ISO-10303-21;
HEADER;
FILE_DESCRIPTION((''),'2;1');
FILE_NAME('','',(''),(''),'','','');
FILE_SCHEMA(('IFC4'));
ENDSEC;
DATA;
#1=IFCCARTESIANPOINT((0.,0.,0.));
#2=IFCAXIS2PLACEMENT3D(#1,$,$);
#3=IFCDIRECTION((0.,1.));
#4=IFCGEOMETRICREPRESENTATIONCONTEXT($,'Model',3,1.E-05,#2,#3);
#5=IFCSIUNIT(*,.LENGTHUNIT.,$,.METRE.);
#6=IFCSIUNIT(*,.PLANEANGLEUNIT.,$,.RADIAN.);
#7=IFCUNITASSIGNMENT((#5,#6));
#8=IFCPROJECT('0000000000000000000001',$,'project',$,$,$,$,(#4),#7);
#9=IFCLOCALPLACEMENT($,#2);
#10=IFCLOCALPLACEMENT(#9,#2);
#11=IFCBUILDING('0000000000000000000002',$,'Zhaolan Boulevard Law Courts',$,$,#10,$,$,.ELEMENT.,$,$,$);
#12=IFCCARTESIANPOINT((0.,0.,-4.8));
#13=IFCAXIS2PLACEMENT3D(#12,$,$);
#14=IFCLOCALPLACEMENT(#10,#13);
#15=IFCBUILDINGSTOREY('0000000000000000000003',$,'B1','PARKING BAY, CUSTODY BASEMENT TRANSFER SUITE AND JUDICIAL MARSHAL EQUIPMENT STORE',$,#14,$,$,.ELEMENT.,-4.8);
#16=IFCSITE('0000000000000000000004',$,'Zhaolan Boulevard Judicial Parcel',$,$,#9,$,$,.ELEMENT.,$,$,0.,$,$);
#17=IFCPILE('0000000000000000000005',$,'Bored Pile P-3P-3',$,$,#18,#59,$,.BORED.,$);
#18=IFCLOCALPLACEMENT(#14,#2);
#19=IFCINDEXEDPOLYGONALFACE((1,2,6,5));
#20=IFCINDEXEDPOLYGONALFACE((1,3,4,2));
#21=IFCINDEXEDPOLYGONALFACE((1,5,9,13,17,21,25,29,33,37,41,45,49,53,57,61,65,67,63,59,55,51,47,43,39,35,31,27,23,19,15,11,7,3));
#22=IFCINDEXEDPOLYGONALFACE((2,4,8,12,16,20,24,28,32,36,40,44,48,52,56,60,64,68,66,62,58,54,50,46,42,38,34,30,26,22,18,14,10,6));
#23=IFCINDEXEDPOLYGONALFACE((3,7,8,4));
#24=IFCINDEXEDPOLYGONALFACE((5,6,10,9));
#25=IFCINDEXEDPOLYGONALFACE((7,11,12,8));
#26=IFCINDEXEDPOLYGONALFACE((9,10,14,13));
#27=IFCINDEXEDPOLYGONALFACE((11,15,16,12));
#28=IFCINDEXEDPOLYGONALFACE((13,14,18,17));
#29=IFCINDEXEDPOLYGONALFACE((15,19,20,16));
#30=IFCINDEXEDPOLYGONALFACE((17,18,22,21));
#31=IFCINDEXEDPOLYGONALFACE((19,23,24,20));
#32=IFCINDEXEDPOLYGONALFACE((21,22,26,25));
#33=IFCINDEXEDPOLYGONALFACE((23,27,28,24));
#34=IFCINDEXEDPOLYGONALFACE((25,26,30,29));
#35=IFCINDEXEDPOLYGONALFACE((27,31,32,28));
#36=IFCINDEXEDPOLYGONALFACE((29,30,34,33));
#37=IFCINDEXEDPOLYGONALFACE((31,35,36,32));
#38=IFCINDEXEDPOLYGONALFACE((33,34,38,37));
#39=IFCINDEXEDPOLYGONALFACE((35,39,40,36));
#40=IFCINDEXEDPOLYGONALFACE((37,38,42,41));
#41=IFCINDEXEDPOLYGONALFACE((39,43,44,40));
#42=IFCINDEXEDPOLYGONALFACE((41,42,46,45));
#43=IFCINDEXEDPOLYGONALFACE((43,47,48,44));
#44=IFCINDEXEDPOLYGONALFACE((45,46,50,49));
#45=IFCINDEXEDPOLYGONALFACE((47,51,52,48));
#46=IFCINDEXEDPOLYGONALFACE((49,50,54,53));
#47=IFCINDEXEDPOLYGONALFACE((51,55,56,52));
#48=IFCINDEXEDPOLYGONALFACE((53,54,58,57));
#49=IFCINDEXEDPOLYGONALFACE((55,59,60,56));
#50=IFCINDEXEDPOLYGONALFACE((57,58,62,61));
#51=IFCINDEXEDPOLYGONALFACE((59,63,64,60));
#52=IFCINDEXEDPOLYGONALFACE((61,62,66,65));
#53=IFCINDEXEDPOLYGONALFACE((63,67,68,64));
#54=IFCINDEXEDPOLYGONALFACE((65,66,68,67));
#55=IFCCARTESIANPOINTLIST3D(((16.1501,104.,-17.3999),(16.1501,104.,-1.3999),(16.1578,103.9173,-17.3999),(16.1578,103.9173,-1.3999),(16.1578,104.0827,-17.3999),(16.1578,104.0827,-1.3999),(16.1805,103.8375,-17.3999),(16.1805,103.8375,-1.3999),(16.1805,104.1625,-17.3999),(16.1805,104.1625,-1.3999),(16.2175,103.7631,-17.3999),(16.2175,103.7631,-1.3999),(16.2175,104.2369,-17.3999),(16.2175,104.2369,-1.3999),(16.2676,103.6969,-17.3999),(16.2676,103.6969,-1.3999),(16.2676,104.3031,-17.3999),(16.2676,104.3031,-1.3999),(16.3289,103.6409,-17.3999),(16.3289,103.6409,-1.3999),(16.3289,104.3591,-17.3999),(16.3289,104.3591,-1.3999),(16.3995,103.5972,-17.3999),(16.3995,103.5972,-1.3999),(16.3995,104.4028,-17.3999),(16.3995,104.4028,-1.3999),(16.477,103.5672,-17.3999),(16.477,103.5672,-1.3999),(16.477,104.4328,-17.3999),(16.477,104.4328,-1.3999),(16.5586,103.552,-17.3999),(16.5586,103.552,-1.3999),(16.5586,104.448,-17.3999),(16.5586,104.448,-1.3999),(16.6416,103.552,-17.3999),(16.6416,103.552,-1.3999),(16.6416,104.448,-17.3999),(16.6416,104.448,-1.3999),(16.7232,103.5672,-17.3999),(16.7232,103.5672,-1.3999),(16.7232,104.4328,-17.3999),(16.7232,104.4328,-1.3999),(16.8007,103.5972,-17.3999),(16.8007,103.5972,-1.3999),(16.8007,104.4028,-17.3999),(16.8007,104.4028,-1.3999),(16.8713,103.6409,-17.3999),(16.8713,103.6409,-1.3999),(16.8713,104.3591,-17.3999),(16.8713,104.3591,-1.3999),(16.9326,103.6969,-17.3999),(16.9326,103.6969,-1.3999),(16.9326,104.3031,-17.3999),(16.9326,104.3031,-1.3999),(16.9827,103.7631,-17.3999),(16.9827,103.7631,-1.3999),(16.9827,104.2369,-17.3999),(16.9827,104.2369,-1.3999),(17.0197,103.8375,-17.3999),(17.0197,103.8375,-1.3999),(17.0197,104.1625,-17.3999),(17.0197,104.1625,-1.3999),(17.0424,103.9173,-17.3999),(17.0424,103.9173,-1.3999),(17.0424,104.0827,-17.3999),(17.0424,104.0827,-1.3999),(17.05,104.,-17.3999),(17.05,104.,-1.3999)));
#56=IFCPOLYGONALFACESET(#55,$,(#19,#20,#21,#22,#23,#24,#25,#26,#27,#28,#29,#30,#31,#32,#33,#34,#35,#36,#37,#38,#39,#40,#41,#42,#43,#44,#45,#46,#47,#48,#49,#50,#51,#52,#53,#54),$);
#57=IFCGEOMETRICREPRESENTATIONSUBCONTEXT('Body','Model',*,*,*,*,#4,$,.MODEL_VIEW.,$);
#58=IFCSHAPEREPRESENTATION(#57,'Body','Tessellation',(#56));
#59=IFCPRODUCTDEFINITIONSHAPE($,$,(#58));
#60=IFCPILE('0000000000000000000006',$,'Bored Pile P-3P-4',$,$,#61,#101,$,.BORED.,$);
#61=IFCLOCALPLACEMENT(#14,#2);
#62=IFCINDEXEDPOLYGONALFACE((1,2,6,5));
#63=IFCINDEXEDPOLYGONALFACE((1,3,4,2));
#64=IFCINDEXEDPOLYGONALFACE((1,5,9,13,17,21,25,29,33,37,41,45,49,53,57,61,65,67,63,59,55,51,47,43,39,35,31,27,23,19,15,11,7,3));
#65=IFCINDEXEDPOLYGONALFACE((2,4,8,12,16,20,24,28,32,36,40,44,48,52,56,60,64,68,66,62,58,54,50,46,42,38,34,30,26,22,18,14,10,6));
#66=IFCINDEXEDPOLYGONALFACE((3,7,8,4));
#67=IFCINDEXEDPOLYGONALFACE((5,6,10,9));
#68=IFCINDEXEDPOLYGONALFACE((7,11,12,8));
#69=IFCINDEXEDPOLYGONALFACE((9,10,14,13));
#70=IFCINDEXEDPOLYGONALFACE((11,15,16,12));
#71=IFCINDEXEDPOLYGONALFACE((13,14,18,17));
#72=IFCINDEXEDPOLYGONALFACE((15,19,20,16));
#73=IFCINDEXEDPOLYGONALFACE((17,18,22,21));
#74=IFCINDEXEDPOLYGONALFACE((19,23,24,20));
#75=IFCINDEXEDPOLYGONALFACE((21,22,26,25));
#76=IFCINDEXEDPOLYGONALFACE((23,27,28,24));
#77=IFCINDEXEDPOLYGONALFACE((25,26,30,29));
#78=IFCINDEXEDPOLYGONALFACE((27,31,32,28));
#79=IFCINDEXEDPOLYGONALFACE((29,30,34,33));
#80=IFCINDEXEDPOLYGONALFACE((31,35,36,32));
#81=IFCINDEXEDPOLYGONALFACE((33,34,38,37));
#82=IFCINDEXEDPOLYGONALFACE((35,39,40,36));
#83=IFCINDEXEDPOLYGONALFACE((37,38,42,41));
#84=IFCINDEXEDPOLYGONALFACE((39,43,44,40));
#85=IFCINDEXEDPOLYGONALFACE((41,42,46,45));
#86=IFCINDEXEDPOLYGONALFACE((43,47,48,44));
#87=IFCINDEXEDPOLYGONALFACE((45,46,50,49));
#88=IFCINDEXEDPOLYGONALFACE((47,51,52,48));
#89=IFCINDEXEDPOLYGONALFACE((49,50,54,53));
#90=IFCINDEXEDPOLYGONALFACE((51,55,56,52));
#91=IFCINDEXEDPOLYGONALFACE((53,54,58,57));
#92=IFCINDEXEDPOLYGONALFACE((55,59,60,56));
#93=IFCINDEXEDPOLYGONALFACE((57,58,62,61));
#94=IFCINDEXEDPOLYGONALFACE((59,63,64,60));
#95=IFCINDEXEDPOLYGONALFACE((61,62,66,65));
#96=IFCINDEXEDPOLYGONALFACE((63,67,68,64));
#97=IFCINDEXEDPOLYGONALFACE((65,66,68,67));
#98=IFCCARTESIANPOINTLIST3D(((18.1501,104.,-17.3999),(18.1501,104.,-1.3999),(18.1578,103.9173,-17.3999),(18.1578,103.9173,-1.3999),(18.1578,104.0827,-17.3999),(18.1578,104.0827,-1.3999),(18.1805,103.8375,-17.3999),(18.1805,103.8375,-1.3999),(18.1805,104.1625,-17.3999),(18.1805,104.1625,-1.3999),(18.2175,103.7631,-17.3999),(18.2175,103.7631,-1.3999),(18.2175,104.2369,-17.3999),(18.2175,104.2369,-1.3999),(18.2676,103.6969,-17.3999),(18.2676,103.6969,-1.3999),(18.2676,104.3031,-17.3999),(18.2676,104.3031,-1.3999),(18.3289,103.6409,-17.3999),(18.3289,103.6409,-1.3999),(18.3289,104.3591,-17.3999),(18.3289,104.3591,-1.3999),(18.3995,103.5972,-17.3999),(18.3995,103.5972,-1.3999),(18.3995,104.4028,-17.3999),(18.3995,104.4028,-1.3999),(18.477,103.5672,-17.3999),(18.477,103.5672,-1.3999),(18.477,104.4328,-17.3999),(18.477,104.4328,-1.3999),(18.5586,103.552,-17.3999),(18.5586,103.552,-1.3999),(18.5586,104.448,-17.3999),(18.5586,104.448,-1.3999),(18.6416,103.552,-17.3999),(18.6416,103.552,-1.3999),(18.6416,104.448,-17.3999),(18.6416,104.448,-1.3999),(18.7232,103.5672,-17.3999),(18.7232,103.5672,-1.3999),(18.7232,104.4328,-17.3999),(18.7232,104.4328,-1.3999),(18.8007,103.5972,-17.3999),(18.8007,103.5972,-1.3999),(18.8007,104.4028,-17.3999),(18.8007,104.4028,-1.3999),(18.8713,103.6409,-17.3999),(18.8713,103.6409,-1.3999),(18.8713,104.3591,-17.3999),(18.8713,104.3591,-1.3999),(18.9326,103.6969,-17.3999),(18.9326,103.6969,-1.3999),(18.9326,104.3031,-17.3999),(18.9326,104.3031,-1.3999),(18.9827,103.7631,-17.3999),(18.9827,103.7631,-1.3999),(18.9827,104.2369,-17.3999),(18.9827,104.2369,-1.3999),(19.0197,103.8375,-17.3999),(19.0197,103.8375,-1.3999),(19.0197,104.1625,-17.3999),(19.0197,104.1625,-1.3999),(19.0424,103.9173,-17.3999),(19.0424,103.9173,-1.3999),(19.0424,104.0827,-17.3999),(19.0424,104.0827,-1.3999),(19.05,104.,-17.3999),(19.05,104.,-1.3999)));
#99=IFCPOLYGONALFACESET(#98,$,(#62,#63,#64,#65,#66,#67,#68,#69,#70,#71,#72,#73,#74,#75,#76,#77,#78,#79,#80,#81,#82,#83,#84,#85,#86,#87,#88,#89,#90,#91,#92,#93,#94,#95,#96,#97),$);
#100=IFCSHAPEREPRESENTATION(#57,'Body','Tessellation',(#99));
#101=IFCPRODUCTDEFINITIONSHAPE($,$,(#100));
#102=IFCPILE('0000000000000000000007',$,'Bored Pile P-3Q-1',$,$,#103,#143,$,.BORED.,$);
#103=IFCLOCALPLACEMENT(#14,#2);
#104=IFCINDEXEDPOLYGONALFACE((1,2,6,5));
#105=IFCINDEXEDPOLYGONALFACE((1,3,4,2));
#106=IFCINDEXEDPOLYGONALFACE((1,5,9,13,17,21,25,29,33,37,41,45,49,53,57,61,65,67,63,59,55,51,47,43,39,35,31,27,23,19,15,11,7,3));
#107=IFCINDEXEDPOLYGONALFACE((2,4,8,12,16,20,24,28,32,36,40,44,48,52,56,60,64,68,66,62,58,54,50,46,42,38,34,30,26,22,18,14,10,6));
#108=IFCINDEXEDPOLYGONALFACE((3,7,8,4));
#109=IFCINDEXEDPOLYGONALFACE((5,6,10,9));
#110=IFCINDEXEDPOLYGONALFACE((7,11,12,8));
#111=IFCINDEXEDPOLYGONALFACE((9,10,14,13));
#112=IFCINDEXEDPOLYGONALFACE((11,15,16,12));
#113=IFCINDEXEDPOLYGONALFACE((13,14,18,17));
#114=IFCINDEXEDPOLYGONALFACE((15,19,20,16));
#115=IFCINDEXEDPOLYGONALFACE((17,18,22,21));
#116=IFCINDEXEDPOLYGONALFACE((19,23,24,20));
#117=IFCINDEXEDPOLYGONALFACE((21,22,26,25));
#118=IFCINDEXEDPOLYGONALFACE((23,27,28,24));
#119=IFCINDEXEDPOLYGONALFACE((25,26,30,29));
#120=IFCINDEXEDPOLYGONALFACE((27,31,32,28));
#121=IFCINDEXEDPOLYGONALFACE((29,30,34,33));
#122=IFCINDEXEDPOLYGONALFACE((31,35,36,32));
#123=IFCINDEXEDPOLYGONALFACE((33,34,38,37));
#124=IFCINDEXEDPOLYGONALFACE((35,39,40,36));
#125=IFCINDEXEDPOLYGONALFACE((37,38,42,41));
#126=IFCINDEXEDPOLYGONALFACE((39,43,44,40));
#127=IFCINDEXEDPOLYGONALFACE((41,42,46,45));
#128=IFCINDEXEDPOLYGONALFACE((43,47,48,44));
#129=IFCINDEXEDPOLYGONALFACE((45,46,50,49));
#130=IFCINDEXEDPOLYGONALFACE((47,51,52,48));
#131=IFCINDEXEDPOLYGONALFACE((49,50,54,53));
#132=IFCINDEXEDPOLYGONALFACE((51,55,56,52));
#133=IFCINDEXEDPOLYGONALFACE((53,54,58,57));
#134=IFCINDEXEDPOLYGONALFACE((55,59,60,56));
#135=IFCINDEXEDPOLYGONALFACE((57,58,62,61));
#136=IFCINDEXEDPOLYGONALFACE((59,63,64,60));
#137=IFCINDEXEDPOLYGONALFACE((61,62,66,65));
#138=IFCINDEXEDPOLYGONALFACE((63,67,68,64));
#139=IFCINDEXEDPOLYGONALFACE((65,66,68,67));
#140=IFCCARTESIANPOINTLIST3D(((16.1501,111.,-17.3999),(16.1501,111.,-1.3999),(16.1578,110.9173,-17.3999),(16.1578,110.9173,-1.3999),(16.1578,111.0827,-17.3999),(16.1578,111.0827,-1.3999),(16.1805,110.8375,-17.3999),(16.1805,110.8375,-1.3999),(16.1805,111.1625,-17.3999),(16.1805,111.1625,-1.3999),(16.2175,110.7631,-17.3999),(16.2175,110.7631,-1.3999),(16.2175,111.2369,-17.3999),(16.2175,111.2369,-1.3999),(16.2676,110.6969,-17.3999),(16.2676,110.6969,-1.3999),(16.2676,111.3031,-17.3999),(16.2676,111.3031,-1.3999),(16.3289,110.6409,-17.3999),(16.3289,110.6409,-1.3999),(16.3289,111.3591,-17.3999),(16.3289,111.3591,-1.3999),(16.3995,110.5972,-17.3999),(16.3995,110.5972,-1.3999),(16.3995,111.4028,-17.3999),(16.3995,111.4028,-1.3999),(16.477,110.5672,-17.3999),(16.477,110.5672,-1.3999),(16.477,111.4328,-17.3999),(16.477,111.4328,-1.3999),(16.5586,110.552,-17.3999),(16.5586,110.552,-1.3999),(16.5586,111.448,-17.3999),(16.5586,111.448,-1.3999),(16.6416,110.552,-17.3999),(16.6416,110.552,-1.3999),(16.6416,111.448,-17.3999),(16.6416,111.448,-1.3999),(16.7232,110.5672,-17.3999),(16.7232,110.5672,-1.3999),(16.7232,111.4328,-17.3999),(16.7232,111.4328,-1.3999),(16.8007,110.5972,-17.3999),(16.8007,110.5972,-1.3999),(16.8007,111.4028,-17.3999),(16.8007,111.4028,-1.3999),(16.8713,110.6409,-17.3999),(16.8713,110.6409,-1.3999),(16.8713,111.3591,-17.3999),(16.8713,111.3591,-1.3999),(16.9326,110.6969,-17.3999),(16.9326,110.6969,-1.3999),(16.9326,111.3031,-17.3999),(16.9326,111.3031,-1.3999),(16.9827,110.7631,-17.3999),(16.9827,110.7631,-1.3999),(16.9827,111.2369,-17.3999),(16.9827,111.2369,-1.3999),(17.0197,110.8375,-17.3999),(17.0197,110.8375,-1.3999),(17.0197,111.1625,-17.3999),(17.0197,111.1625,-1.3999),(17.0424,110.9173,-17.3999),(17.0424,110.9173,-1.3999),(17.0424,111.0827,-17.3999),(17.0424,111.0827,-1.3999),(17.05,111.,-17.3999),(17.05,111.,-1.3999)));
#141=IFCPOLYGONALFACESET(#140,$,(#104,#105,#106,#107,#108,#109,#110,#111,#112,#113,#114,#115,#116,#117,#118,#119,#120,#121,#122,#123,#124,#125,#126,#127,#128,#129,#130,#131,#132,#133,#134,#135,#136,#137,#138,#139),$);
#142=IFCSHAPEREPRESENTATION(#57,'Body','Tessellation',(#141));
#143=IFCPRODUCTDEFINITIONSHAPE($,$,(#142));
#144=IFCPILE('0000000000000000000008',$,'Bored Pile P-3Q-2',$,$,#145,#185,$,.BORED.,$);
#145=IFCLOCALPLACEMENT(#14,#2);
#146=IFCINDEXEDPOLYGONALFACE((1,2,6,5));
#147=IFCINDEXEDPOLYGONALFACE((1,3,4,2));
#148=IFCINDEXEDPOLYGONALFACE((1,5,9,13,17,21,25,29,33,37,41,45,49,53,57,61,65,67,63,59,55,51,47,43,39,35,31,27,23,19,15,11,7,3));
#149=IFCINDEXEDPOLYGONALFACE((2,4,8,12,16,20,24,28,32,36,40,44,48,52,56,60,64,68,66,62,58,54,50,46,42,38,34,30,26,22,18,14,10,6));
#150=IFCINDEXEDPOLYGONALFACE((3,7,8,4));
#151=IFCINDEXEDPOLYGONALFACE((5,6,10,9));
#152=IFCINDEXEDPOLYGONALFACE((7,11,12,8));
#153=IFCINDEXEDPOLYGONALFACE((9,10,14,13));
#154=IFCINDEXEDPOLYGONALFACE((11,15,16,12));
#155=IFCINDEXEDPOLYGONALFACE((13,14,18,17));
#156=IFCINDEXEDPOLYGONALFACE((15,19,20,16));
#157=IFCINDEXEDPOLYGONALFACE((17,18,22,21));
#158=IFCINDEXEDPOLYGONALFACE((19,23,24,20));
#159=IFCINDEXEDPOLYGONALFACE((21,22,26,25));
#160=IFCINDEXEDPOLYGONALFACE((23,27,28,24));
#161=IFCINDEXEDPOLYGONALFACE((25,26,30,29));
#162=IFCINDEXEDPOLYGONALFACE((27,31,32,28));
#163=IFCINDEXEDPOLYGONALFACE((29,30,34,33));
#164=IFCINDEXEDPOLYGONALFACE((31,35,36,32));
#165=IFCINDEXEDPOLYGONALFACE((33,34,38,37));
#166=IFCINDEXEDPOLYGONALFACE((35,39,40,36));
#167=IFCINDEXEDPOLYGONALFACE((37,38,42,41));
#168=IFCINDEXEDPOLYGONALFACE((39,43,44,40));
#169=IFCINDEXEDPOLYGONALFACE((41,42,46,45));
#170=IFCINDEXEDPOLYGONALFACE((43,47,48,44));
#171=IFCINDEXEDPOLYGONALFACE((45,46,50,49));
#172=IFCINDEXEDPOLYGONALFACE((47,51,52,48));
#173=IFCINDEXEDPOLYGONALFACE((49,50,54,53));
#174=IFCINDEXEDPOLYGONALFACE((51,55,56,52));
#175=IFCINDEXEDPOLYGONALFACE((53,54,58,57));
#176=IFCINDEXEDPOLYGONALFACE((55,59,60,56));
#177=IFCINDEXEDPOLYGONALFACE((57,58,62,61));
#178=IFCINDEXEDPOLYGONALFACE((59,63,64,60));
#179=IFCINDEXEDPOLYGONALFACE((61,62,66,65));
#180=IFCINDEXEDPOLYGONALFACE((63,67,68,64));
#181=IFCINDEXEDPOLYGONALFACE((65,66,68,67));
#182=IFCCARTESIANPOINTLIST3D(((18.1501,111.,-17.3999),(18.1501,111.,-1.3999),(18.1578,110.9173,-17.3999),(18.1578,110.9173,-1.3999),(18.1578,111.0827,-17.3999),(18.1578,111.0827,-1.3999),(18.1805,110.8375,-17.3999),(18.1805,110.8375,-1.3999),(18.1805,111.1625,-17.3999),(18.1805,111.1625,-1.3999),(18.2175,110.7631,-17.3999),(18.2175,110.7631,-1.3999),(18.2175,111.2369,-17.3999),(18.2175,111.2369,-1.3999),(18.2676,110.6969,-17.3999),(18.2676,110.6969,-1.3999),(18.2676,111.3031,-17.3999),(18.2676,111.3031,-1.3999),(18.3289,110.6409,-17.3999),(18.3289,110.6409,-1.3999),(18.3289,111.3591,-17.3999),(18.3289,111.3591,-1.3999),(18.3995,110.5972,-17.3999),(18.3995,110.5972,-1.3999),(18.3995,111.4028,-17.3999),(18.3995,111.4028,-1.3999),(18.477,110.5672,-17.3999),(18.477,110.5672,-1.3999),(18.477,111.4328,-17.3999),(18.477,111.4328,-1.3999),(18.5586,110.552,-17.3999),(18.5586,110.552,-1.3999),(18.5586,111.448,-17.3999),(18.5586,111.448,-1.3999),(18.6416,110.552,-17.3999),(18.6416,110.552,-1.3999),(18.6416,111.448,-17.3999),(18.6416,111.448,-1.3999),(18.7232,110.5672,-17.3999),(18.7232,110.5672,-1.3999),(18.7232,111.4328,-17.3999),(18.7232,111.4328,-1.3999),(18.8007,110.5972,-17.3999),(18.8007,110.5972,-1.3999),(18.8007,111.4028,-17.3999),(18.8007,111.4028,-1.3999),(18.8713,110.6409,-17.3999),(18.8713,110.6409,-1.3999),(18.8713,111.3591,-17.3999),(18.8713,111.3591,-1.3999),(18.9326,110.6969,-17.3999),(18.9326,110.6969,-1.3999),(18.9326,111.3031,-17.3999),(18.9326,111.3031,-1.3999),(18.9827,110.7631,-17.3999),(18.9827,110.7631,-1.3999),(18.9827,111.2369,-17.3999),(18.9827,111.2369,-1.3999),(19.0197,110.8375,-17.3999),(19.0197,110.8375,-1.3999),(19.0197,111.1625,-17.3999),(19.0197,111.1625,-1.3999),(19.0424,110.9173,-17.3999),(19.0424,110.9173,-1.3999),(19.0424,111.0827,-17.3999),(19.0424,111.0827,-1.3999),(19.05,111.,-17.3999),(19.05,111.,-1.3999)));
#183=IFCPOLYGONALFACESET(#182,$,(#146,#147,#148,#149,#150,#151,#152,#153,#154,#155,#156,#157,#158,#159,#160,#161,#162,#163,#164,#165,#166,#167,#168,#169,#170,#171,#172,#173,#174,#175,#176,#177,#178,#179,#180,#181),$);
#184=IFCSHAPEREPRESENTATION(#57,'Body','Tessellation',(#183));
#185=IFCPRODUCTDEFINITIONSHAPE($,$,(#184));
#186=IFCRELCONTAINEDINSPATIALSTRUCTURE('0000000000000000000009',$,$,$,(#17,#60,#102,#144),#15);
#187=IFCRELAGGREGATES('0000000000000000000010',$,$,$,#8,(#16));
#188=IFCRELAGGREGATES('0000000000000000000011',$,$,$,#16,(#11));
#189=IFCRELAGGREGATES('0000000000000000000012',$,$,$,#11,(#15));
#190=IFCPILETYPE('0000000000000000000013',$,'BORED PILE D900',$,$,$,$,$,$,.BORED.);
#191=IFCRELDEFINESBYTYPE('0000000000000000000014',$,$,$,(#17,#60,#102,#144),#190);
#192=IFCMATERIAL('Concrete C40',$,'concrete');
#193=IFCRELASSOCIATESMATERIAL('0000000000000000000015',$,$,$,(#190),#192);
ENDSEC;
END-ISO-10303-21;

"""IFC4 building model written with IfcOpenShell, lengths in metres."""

from ifc_helpers import new_model, si_unit, direction, frame, origin, origin_2d, place, context, subcontext, project, spatial, circle, extrude, material, material_profile, profile_set, type_object, element, save


model = new_model("IFC4")

# Units and contexts
model_context = context("Model", 3, precision=1e-05, world=origin(), true_north=direction((0.0, 1.0)))
body_context = subcontext(model_context, "Body", "Model", "MODEL_VIEW")
ifc_project = project(units=[si_unit("LENGTHUNIT", "METRE"), si_unit("PLANEANGLEUNIT", "RADIAN")], contexts=[model_context])

# Site, building, storey
site_placement = place(None, origin())
site = spatial("IfcSite", under=ifc_project, at=site_placement, Name="Zhaolan Boulevard Judicial Parcel", CompositionType="ELEMENT", RefElevation=0.0)
building_placement = place(site_placement, origin())
building = spatial("IfcBuilding", under=site, at=building_placement, Name="Zhaolan Boulevard Law Courts", CompositionType="ELEMENT")
storey_placement = place(building_placement, frame((0.0, 0.0, -4.8)))
storey = spatial("IfcBuildingStorey", under=building, at=storey_placement, Name="B1", Description="PARKING BAY, CUSTODY BASEMENT TRANSFER SUITE AND JUDICIAL MARSHAL EQUIPMENT STORE", CompositionType="ELEMENT", Elevation=-4.8)

# Piles
ifc_material_1 = material(Name="Concrete C40", Category="concrete")
ifc_material_profile_1 = material_profile(ifc_material_1, circle(Radius=0.45, at=origin_2d()), Name="PILE-D900")
ifc_profile_set_1 = profile_set([ifc_material_profile_1], Name="Concrete C40")
pile_type = type_object("IfcPileType", Name="BORED PILE D900", PredefinedType="BORED", material=ifc_profile_set_1)
for number, where, z_axis, x_axis, name in (
    (1, (16.6001, 104.0, -1.3999), (0.0, 0.0, -1.0), (1.0, 0.0, 0.0), "Bored Pile P-3P-3"),
    (2, (18.6001, 104.0, -1.3999), (0.0, 0.0, -1.0), (1.0, 0.0, 0.0), "Bored Pile P-3P-4"),
    (3, (16.6001, 111.0, -1.3999), (0.0, 0.0, -1.0), (1.0, 0.0, 0.0), "Bored Pile P-3Q-1"),
    (4, (18.6001, 111.0, -1.3999), (0.0, 0.0, -1.0), (1.0, 0.0, 0.0), "Bored Pile P-3Q-2"),
):
    element("IfcPile", number, at=place(storey_placement, frame(where, z_axis=z_axis, x_axis=x_axis)), inside=storey, type_object=pile_type, Name=name, PredefinedType="BORED", context=body_context, shape_type="SweptSolid", body=[
        extrude(circle(Radius=0.45, at=origin_2d()), origin(), (0.0, 0.0, 1.0), 16.0),
    ])

save(model, "model.ifc")
